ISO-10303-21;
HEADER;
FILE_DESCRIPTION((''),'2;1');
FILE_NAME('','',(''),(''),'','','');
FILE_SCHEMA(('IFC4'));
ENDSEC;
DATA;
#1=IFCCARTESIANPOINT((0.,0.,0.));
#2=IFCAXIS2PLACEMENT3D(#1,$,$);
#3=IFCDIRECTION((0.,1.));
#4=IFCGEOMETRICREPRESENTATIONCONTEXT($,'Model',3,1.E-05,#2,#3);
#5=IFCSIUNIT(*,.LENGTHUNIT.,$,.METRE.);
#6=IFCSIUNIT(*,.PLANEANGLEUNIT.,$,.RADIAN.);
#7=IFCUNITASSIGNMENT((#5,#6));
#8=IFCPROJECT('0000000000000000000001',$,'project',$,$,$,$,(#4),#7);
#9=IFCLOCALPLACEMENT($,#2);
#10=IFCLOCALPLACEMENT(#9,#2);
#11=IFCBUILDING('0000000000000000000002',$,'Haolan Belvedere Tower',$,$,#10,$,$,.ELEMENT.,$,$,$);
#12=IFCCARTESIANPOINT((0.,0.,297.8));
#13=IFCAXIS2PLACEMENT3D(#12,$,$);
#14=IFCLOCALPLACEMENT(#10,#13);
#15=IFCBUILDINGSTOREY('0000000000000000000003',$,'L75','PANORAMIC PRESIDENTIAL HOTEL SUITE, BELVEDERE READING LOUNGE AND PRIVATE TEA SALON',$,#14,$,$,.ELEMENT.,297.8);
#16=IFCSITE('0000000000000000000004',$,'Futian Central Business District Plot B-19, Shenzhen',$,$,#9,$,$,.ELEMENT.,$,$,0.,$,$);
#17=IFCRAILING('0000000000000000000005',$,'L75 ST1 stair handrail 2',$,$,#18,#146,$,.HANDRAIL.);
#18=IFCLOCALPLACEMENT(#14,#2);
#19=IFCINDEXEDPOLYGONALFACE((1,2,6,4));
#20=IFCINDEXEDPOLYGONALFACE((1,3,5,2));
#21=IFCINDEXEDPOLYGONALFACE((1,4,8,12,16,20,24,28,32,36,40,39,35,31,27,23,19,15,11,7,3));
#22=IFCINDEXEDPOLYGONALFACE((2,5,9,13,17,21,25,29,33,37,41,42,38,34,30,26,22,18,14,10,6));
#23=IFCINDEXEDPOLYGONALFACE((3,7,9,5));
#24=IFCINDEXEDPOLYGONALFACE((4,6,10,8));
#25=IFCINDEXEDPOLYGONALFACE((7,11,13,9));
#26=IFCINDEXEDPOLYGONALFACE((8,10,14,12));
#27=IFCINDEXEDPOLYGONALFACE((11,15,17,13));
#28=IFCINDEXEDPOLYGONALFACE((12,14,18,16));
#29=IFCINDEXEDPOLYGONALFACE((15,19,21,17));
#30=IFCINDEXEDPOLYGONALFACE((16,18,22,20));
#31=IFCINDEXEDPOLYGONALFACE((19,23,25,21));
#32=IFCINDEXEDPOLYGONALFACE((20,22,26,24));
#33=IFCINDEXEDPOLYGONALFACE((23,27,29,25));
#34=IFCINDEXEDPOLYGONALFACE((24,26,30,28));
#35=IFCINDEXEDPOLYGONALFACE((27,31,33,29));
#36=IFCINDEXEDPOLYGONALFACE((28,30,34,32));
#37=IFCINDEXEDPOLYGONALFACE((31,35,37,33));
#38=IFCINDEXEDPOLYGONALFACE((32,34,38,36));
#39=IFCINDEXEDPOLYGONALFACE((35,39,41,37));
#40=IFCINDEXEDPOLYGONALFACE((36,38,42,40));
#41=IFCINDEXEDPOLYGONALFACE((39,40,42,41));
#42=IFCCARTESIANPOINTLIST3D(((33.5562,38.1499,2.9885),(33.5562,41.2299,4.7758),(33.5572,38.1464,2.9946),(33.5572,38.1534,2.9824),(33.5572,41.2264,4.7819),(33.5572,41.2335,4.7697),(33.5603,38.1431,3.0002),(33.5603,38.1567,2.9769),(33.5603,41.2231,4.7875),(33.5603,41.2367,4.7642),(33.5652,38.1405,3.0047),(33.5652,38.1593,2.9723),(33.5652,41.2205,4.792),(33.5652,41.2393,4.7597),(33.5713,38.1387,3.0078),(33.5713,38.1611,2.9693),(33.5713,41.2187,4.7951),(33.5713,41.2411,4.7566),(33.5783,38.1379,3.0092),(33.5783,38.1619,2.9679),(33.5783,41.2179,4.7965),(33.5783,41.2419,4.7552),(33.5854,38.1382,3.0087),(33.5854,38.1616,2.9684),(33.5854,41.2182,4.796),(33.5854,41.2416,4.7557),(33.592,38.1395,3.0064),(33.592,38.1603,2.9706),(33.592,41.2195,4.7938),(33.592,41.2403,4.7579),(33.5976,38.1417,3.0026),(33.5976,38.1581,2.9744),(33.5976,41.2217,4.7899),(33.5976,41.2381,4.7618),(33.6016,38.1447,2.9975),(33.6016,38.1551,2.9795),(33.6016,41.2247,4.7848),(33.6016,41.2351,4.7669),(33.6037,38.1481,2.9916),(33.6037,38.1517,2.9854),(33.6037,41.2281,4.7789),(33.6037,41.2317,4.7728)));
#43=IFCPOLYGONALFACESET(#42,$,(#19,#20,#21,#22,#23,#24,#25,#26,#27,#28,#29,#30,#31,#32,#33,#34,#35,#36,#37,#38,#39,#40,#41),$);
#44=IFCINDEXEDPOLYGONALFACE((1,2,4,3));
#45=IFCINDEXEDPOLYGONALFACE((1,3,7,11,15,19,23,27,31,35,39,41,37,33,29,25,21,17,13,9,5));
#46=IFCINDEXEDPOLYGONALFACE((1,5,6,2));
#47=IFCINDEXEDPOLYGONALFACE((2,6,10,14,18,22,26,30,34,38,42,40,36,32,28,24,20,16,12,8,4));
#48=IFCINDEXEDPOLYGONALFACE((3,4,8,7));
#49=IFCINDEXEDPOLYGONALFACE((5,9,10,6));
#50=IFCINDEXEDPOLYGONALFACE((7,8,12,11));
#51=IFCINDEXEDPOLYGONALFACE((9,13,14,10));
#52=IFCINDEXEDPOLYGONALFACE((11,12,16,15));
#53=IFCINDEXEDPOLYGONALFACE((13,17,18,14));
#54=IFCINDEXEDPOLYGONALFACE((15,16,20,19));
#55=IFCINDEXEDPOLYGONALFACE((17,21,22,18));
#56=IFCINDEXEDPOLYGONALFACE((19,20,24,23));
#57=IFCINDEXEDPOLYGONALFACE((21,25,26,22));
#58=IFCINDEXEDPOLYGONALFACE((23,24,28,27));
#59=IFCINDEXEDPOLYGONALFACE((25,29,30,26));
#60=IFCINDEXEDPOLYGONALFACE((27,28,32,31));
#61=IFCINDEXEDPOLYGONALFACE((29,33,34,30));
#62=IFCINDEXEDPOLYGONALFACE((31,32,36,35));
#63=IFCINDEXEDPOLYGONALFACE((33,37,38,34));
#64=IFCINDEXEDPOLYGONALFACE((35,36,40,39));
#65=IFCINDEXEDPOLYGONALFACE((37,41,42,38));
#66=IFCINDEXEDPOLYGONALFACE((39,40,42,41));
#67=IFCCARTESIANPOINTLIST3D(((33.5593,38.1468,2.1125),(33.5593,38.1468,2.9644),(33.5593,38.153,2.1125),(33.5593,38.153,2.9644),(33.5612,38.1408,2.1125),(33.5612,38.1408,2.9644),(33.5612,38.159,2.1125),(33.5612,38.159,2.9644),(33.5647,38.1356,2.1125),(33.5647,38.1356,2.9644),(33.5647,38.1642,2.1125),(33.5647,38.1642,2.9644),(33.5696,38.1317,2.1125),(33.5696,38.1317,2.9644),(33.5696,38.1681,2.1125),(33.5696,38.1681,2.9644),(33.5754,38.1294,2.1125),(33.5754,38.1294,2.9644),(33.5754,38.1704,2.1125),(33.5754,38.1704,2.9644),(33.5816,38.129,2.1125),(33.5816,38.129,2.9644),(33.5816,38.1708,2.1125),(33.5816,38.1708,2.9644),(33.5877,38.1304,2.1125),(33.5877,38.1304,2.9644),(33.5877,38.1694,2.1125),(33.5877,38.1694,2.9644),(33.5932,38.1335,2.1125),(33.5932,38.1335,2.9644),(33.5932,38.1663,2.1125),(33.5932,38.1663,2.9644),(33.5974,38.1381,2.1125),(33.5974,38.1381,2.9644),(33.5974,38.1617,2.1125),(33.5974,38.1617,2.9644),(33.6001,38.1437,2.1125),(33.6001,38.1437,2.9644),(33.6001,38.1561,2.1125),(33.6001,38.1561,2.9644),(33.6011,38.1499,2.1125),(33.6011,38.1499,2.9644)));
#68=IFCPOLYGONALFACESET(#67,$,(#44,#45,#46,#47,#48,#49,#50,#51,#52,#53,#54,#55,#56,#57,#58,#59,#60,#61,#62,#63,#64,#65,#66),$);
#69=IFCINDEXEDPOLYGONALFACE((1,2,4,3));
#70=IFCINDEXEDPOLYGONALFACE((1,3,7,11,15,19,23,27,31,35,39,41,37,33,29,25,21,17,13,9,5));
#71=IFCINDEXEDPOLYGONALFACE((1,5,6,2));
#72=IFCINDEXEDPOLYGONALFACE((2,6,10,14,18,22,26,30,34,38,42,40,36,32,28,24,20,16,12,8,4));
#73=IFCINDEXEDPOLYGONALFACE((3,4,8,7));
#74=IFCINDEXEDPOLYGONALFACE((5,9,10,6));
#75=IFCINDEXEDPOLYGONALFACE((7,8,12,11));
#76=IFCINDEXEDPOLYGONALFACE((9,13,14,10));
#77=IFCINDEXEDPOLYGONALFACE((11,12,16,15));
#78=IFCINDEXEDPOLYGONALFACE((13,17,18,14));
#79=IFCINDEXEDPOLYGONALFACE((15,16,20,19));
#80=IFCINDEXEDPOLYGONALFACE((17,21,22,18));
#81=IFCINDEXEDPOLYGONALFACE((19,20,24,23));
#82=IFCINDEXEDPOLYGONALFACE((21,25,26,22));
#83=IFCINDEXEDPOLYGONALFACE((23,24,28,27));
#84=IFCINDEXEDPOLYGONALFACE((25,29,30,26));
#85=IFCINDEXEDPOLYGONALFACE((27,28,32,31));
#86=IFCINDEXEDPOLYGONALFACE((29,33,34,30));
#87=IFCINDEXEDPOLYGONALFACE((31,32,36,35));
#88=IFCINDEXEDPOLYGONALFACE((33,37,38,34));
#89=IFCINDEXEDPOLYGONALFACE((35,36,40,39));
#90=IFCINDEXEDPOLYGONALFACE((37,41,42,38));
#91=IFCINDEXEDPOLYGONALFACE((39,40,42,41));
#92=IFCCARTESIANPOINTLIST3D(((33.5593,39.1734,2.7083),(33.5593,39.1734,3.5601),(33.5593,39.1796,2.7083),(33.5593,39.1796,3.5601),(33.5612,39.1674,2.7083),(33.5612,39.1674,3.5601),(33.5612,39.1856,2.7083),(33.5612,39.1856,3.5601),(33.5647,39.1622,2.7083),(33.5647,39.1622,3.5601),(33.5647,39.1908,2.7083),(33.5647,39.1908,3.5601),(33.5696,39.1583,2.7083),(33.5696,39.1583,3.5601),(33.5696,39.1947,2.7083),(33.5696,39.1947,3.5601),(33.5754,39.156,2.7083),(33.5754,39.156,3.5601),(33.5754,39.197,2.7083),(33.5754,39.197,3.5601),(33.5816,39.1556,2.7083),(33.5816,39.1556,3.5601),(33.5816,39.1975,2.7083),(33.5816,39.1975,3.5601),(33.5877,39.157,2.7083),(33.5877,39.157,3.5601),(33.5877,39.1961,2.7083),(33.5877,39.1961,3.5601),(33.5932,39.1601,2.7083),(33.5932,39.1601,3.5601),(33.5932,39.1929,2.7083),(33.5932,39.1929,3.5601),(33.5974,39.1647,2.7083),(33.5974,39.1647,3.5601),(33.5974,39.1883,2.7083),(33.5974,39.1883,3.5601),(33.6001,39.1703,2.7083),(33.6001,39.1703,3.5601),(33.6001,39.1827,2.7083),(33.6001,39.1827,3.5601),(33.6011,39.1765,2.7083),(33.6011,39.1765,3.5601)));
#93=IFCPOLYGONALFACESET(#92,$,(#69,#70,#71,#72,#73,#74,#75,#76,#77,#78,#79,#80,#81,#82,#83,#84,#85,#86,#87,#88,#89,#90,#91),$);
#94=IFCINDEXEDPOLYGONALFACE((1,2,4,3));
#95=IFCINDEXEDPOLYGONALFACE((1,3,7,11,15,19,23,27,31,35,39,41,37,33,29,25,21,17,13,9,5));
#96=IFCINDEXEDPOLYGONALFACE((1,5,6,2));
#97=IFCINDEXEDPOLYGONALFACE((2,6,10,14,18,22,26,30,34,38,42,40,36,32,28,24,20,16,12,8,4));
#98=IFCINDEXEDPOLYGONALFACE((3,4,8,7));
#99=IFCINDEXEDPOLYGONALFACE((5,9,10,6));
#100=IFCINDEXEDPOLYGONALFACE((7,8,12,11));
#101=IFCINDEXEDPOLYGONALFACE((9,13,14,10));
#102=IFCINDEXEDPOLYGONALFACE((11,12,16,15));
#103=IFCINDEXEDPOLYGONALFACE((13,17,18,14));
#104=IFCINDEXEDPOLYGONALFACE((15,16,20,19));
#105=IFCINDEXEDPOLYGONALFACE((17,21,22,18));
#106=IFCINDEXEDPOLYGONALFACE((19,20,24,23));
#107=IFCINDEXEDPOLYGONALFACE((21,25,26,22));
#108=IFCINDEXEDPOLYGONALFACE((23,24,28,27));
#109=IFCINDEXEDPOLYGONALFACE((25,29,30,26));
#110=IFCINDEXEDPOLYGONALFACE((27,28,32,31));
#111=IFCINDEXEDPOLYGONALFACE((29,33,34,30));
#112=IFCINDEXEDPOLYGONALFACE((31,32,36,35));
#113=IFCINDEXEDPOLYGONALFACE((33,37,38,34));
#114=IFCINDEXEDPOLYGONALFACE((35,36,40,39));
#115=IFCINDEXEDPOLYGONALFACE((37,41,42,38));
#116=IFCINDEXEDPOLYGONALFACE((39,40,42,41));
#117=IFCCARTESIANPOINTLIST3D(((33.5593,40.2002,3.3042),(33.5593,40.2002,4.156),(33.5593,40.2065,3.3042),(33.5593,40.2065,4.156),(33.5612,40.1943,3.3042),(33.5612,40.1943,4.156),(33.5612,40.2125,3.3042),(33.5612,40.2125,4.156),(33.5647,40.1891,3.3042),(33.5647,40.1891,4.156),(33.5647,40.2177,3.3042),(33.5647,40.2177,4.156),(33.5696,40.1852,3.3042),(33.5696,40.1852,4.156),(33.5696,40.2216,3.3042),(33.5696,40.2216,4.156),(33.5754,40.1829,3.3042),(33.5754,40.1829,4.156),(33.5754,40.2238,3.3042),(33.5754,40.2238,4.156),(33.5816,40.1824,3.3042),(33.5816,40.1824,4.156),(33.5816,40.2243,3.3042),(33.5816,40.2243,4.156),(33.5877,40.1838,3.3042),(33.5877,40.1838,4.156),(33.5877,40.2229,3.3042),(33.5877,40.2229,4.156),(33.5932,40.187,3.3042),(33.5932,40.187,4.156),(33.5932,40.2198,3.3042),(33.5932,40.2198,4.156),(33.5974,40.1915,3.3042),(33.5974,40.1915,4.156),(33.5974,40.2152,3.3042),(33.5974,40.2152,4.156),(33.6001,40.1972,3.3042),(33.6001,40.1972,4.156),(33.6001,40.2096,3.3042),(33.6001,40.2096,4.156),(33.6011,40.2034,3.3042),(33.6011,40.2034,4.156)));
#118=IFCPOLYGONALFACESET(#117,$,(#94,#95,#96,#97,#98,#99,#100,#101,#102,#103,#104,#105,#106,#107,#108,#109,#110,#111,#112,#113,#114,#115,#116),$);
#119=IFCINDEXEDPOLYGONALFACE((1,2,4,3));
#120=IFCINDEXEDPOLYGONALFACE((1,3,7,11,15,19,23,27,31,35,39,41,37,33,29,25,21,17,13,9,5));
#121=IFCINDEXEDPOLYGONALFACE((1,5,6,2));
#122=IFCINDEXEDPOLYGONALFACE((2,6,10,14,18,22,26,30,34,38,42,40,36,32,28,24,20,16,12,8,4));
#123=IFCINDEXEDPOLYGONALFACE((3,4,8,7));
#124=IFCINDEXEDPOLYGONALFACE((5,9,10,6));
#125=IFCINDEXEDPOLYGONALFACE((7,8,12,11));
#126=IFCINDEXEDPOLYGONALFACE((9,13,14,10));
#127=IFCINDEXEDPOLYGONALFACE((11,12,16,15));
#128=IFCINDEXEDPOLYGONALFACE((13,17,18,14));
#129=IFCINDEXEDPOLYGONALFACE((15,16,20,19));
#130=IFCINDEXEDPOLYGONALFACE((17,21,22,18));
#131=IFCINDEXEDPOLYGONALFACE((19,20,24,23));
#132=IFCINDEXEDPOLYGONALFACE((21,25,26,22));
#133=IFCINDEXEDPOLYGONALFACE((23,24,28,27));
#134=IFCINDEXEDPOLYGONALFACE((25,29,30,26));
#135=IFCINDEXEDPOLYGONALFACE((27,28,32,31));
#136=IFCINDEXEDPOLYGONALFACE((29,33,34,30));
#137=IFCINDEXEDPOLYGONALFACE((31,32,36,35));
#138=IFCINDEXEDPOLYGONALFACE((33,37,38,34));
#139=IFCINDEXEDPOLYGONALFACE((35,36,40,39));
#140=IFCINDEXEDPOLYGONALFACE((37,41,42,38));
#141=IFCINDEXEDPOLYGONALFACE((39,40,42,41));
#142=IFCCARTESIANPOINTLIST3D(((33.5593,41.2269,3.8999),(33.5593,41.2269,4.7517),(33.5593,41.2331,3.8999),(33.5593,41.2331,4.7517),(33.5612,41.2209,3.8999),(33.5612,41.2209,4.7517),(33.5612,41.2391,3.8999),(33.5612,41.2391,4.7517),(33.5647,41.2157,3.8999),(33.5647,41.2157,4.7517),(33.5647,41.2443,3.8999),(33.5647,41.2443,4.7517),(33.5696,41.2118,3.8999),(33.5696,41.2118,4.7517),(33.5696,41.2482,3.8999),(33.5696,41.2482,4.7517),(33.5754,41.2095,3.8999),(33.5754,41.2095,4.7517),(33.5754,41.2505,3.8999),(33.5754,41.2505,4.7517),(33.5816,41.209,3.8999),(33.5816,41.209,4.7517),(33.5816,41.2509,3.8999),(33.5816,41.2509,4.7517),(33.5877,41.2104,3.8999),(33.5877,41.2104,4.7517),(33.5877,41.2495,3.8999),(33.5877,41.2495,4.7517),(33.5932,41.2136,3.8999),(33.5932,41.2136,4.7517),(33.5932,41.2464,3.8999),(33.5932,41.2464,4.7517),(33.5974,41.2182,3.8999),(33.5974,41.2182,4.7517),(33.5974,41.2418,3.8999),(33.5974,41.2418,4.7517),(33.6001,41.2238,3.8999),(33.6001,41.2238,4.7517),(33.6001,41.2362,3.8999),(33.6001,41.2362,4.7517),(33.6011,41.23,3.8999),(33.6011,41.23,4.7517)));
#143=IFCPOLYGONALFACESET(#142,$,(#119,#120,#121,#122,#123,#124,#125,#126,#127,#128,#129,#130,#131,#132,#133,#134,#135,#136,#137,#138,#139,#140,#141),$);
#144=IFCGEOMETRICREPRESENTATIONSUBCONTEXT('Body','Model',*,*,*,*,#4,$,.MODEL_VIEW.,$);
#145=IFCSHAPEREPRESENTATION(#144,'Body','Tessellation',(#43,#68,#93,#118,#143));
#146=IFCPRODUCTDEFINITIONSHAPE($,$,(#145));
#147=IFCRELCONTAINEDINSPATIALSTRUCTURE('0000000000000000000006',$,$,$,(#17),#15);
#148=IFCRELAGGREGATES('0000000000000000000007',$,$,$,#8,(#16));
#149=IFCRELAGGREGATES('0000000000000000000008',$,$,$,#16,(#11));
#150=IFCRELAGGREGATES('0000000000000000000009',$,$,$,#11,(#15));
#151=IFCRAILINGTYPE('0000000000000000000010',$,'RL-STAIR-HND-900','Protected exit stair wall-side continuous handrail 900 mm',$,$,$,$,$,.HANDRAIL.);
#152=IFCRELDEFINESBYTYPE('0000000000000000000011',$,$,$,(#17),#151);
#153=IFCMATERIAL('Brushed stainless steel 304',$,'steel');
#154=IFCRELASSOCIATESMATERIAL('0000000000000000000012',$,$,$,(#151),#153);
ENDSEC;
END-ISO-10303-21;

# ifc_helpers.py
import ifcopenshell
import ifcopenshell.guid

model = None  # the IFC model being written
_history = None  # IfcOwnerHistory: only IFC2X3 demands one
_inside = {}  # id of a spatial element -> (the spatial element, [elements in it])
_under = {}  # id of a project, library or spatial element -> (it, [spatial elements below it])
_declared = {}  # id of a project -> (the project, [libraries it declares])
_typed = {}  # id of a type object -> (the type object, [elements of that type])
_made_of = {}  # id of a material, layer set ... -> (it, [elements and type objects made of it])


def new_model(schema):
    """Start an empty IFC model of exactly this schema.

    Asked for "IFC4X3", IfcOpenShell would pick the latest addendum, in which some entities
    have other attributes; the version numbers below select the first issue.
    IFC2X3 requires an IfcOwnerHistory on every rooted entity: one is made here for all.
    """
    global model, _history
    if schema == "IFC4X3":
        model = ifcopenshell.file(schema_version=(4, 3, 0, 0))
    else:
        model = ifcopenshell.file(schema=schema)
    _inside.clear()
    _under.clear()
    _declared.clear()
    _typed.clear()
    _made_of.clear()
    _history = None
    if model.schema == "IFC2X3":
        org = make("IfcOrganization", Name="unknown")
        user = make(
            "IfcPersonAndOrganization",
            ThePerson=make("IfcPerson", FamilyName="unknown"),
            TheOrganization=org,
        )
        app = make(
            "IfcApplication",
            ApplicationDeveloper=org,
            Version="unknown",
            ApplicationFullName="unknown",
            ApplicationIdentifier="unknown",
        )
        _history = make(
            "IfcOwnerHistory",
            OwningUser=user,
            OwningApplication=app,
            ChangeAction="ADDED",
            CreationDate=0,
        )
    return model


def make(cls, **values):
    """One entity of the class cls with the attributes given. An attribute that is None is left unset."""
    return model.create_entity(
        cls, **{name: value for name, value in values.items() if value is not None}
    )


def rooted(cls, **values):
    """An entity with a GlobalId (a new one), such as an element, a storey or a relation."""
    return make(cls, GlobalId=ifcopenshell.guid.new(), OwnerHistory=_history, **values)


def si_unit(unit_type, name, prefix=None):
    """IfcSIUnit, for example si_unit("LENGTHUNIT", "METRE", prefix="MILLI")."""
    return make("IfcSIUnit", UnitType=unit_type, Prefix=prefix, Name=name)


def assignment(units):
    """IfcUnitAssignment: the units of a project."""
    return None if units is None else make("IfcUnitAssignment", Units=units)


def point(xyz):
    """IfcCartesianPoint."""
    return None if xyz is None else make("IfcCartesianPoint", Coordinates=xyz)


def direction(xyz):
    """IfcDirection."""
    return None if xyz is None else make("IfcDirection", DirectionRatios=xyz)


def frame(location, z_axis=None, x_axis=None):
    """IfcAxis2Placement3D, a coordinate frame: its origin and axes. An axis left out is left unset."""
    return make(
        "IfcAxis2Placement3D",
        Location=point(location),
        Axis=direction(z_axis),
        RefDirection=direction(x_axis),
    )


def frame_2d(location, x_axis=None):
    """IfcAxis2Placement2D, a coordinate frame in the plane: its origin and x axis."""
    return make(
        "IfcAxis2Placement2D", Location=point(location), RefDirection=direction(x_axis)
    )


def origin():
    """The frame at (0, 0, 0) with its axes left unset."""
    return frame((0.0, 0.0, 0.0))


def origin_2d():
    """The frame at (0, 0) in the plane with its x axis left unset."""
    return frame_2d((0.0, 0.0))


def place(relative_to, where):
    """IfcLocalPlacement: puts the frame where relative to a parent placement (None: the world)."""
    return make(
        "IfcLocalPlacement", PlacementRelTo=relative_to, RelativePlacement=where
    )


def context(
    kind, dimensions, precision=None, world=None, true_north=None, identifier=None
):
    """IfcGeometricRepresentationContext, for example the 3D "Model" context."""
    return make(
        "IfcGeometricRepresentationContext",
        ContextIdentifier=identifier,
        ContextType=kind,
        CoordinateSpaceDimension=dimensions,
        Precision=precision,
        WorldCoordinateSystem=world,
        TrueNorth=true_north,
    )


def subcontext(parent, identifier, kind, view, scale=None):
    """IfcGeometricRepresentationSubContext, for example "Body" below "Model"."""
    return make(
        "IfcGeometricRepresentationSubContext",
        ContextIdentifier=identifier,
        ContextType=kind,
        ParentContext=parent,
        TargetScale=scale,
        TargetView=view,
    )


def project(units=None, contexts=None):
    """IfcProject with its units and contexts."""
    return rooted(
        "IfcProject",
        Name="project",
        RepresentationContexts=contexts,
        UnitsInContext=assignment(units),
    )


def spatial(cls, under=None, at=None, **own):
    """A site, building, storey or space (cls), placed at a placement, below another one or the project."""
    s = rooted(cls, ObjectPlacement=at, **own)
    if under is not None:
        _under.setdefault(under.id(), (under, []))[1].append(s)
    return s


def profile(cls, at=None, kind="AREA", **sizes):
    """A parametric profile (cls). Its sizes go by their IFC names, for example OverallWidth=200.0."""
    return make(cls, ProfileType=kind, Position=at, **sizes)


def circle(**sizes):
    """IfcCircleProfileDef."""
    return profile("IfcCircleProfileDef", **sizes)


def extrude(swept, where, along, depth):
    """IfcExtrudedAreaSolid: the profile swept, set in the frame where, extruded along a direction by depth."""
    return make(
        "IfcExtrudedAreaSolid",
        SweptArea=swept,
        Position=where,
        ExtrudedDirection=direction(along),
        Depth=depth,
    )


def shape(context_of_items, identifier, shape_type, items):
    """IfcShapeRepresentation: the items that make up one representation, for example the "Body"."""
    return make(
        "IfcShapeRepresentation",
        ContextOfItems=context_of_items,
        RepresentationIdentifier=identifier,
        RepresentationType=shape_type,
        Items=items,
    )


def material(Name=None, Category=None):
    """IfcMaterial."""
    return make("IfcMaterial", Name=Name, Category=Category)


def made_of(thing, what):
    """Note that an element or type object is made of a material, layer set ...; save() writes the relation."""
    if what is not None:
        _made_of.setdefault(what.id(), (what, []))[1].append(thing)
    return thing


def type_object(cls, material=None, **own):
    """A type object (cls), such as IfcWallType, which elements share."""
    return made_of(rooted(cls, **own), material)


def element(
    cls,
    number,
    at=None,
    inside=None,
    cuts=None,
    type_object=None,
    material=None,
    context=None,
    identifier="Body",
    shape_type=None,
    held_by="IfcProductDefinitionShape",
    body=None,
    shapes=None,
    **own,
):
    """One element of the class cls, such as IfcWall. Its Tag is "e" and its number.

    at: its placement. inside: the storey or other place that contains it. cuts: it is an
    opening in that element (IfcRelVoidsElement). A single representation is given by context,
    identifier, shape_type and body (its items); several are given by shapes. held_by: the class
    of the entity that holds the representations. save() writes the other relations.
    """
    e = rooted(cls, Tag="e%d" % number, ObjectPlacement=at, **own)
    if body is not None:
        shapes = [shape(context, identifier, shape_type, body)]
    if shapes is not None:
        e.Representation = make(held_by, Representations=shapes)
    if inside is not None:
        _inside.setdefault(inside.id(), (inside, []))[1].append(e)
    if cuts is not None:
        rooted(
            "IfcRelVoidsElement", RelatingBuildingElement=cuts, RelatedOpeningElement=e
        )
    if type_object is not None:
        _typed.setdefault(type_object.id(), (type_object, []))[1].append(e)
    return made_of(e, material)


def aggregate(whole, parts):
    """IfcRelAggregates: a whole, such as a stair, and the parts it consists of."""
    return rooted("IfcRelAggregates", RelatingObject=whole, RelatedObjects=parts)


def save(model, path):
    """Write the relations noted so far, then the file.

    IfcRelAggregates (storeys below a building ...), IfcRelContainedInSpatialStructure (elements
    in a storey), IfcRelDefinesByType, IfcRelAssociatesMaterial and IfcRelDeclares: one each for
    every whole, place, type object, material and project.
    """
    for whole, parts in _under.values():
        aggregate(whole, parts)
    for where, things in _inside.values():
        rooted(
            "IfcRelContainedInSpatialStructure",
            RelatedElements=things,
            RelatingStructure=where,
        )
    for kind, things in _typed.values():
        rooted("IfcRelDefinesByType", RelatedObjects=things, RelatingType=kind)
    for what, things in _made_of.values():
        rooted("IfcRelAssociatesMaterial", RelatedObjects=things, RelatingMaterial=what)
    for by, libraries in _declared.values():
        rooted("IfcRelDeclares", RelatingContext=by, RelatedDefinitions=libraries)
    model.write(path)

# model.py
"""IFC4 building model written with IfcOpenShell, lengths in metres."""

from ifc_helpers import new_model, si_unit, direction, frame, origin, origin_2d, place, context, subcontext, project, spatial, circle, extrude, material, type_object, element, save


model = new_model("IFC4")

# Units and contexts
model_context = context("Model", 3, precision=1e-05, world=origin(), true_north=direction((0.0, 1.0)))
body_context = subcontext(model_context, "Body", "Model", "MODEL_VIEW")
ifc_project = project(units=[si_unit("LENGTHUNIT", "METRE"), si_unit("PLANEANGLEUNIT", "RADIAN")], contexts=[model_context])

# Site, building, storey
site_placement = place(None, origin())
site = spatial("IfcSite", under=ifc_project, at=site_placement, Name="Futian Central Business District Plot B-19, Shenzhen", CompositionType="ELEMENT", RefElevation=0.0)
building_placement = place(site_placement, origin())
building = spatial("IfcBuilding", under=site, at=building_placement, Name="Haolan Belvedere Tower", CompositionType="ELEMENT")
storey_placement = place(building_placement, frame((0.0, 0.0, 297.8)))
storey = spatial("IfcBuildingStorey", under=building, at=storey_placement, Name="L75", Description="PANORAMIC PRESIDENTIAL HOTEL SUITE, BELVEDERE READING LOUNGE AND PRIVATE TEA SALON", CompositionType="ELEMENT", Elevation=297.8)

# Railing
ifc_material_1 = material(Name="Brushed stainless steel 304", Category="steel")
railing_type_1 = type_object("IfcRailingType", Name="RL-STAIR-HND-900", Description="Protected exit stair wall-side continuous handrail 900 mm", PredefinedType="HANDRAIL", material=ifc_material_1)
railing_1_placement = place(storey_placement, frame((33.5801, 38.1499, 2.1125)))
element("IfcRailing", 1, at=railing_1_placement, inside=storey, type_object=railing_type_1, Name="L75 ST1 stair handrail 2", PredefinedType="HANDRAIL", context=body_context, shape_type="SweptSolid", body=[
    extrude(circle(Radius=0.0239, at=origin_2d()), frame((0.0, 0.0, 0.876), z_axis=(0.0, 0.86492, 0.501909), x_axis=(-1.0, 0.0, 0.0)), (0.0, 0.0, 1.0), 3.561),
    extrude(circle(Radius=0.021, at=origin_2d()), origin(), (0.0, 0.0, 1.0), 0.8518),
    extrude(circle(Radius=0.021, at=origin_2d()), frame((0.0, 1.0266, 0.5957)), (0.0, 0.0, 1.0), 0.8518),
    extrude(circle(Radius=0.021, at=origin_2d()), frame((0.0, 2.0535, 1.1917)), (0.0, 0.0, 1.0), 0.8518),
    extrude(circle(Radius=0.021, at=origin_2d()), frame((0.0, 3.0801, 1.7874)), (0.0, 0.0, 1.0), 0.8518),
])

save(model, "model.ifc")
